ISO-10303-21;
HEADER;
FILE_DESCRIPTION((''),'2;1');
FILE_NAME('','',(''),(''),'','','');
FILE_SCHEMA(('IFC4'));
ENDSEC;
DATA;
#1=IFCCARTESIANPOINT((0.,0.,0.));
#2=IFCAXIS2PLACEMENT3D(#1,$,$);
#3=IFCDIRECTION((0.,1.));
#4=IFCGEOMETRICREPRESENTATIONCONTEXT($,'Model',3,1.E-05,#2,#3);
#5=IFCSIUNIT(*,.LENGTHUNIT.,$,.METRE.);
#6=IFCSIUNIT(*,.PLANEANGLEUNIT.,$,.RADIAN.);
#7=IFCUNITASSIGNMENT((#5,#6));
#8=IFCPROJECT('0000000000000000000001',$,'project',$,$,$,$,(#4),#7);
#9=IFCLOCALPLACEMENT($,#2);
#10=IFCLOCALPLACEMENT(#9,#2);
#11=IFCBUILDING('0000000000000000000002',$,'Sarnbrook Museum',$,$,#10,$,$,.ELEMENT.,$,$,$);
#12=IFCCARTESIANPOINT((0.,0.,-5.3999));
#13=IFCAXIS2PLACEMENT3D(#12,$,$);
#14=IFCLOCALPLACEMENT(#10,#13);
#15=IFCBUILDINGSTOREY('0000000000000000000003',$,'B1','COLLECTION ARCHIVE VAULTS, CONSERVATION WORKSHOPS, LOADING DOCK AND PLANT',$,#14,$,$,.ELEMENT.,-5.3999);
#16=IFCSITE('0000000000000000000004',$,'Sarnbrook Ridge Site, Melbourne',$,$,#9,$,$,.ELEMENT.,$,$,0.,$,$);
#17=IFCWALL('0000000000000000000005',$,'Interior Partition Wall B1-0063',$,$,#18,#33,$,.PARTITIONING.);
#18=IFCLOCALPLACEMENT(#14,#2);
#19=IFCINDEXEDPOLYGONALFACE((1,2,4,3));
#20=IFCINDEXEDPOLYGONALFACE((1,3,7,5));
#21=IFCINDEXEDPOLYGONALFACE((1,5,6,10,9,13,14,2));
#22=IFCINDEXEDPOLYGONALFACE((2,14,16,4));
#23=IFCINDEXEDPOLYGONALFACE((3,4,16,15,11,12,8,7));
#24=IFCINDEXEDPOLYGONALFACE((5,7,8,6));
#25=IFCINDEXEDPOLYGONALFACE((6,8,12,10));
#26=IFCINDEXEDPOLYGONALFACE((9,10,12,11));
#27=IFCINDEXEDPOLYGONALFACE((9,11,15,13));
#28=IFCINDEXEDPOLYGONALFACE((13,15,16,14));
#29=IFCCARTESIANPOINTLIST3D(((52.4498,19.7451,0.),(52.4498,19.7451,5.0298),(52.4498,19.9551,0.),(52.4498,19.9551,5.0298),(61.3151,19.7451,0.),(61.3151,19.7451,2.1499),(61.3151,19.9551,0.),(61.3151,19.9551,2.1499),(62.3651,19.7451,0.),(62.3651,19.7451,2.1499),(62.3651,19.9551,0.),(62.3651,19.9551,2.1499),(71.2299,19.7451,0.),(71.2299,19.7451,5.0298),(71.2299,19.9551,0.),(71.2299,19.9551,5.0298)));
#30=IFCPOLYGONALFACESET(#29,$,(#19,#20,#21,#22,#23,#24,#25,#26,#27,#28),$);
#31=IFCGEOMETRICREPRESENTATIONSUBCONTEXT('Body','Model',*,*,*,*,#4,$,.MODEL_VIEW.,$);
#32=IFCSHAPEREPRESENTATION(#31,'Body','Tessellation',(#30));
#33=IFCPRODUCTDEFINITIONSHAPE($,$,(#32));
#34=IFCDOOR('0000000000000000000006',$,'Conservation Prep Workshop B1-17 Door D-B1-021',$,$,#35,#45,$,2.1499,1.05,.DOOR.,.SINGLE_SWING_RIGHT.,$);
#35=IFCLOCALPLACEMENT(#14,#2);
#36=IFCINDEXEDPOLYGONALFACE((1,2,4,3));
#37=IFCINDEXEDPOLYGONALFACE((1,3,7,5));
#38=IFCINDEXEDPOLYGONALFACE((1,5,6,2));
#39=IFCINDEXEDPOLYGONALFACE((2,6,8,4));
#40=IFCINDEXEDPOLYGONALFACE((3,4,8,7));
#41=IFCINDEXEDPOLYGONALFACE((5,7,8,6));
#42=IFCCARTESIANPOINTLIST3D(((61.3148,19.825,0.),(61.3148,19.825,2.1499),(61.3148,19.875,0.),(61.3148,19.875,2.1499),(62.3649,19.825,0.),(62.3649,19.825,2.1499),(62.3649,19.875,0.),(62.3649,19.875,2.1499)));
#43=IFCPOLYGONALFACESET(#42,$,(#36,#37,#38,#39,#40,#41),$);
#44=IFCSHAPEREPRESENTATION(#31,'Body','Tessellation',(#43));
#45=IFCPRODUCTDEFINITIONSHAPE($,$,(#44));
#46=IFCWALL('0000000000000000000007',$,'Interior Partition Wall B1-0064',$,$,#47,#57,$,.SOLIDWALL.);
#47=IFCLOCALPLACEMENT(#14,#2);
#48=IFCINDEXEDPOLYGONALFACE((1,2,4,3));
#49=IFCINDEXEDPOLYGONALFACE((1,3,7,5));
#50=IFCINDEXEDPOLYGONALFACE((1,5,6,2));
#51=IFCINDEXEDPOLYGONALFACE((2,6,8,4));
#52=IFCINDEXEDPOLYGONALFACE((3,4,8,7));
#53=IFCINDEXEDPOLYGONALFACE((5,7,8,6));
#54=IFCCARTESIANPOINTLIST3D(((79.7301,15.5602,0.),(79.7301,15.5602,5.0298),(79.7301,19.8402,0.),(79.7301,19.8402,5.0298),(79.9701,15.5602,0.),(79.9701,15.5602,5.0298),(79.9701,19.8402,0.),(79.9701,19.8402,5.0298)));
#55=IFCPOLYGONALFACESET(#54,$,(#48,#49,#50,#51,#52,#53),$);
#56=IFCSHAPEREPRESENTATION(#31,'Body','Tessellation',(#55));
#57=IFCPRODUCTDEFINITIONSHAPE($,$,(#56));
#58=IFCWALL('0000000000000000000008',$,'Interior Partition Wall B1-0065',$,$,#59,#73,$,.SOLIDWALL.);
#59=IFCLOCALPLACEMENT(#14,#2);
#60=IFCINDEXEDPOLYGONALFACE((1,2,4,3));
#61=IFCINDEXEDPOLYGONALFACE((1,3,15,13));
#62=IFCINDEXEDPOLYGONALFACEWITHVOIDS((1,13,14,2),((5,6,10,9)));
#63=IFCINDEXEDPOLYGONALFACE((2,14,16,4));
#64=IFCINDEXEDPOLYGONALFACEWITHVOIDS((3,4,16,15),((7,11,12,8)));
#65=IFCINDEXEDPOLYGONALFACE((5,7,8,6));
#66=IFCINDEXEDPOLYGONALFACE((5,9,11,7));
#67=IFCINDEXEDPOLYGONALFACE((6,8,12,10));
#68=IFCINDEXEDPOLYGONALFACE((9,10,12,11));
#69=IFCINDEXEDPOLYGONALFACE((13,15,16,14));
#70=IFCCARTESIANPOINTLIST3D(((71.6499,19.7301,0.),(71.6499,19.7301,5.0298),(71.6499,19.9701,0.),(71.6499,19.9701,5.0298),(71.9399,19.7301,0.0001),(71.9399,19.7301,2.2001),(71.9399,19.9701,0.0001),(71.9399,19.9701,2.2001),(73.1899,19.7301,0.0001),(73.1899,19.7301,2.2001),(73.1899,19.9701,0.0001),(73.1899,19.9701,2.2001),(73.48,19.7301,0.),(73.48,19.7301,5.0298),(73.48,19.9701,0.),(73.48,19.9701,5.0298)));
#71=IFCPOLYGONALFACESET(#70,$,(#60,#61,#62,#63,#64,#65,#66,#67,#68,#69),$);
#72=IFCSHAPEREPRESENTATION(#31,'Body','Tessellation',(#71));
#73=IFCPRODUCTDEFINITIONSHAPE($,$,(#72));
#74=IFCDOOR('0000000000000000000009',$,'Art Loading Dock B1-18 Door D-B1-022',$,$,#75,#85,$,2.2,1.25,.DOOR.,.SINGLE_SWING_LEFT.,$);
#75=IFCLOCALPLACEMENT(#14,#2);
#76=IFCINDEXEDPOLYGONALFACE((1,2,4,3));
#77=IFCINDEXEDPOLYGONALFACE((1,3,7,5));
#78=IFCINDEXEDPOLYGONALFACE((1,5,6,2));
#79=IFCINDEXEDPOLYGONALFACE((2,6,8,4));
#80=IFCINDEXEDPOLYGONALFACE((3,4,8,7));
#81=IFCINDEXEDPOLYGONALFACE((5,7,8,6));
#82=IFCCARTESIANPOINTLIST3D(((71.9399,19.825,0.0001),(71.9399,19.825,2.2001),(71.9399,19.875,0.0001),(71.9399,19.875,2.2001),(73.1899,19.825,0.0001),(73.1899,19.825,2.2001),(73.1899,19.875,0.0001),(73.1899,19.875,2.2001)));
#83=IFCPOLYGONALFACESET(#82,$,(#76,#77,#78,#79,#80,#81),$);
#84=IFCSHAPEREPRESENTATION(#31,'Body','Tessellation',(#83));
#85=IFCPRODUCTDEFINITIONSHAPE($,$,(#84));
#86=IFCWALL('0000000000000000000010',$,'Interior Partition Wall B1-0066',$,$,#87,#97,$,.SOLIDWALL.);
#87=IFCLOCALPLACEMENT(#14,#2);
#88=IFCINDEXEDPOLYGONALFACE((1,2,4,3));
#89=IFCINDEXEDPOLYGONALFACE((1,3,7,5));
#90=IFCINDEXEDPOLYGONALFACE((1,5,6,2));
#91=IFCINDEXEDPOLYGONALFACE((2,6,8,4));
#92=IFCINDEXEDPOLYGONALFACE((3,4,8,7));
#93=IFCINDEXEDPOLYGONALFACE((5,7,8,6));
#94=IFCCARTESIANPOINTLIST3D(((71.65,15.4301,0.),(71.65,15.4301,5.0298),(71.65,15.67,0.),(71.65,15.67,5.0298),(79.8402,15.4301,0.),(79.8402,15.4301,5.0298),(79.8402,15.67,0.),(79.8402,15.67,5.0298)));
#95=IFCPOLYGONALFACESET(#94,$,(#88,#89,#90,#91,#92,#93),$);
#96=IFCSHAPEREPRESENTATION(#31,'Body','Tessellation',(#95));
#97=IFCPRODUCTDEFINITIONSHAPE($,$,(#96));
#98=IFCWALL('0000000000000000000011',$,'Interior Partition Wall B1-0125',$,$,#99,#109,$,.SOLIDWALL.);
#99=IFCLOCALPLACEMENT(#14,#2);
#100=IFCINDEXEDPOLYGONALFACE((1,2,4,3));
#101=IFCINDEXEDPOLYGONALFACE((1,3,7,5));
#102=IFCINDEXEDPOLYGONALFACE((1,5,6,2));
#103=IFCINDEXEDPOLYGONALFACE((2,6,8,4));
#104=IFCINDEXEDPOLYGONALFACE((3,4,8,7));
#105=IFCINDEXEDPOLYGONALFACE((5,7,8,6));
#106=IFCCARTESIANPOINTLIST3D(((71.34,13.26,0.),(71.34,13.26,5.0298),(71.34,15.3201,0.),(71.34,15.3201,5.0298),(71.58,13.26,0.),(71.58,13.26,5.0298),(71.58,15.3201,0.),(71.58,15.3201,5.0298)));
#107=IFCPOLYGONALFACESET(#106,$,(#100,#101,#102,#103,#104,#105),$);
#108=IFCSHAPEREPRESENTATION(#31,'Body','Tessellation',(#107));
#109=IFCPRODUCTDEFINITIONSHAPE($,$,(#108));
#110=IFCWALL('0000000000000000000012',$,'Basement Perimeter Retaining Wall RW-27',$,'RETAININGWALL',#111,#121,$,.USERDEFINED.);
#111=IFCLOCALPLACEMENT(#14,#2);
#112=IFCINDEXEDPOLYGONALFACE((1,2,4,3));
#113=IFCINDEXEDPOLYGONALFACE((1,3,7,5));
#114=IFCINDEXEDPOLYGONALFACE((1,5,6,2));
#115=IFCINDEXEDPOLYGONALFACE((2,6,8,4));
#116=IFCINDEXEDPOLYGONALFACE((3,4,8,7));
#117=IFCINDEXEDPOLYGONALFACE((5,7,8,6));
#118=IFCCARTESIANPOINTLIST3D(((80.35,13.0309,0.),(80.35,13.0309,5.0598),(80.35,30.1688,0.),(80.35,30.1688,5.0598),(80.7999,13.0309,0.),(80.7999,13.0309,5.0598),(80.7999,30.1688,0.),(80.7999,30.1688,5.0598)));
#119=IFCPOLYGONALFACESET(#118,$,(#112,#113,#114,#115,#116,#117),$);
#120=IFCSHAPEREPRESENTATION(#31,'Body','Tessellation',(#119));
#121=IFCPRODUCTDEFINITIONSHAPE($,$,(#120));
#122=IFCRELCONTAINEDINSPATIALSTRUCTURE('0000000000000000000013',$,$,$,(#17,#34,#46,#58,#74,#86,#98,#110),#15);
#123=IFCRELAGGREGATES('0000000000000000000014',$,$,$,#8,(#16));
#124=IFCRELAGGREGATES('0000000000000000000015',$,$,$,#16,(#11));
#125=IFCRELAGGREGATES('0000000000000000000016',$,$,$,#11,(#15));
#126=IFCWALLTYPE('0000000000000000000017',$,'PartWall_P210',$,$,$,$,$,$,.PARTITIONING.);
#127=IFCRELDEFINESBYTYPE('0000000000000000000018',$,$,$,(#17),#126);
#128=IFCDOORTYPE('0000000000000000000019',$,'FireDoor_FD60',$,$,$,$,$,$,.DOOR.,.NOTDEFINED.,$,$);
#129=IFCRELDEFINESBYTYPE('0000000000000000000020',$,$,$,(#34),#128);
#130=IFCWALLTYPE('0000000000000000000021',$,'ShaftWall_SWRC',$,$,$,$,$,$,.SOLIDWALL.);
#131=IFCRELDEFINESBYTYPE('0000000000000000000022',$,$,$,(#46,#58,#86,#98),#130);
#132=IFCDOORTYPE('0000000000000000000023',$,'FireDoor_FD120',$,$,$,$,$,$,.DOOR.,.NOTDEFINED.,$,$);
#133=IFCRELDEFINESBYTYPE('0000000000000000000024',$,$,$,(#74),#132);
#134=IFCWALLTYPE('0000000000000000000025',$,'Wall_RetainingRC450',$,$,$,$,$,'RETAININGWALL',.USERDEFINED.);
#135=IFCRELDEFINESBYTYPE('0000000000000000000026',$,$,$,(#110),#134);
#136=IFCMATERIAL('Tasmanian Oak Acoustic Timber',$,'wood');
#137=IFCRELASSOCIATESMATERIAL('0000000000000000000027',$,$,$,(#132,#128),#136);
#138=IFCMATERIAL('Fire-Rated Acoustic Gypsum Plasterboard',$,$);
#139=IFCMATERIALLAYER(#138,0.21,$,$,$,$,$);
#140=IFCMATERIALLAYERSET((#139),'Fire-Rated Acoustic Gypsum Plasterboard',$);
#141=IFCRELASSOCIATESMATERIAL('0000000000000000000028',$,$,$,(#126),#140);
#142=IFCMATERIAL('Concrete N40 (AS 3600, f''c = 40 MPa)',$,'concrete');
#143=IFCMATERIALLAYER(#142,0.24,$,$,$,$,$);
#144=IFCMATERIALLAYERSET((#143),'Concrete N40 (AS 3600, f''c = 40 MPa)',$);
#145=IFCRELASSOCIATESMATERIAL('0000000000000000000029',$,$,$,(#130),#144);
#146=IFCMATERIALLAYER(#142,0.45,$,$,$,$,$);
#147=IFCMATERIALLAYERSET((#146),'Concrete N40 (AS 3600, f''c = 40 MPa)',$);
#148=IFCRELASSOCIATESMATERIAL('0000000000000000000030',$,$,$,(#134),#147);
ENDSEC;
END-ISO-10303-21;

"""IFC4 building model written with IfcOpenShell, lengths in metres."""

from ifc_helpers import new_model, si_unit, direction, frame, frame_2d, origin, place, context, subcontext, project, spatial, rectangle, extrude, material, layer, layer_set, type_object, element, fill, save


model = new_model("IFC4")

# Units and contexts
model_context = context("Model", 3, precision=1e-05, world=origin(), true_north=direction((0.0, 1.0)))
body_context = subcontext(model_context, "Body", "Model", "MODEL_VIEW")
ifc_project = project(units=[si_unit("LENGTHUNIT", "METRE"), si_unit("PLANEANGLEUNIT", "RADIAN")], contexts=[model_context])

# Site, building, storey
site_placement = place(None, origin())
site = spatial("IfcSite", under=ifc_project, at=site_placement, Name="Sarnbrook Ridge Site, Melbourne", CompositionType="ELEMENT", RefElevation=0.0)
building_placement = place(site_placement, origin())
building = spatial("IfcBuilding", under=site, at=building_placement, Name="Sarnbrook Museum", CompositionType="ELEMENT")
storey_placement = place(building_placement, frame((0.0, 0.0, -5.3999)))
storey = spatial("IfcBuildingStorey", under=building, at=storey_placement, Name="B1", Description="COLLECTION ARCHIVE VAULTS, CONSERVATION WORKSHOPS, LOADING DOCK AND PLANT", CompositionType="ELEMENT", Elevation=-5.3999)

# Shared definitions
ifc_material_1 = material(Name="Concrete N40 (AS 3600, f'c = 40 MPa)", Category="concrete")

# Wall, opening, door
ifc_material_2 = material(Name="Tasmanian Oak Acoustic Timber", Category="wood")
door_type_1 = type_object("IfcDoorType", Name="FireDoor_FD120", OperationType="NOTDEFINED", PredefinedType="DOOR", material=ifc_material_2)
ifc_material_3 = material(Name="Fire-Rated Acoustic Gypsum Plasterboard")
ifc_layer_1 = layer(ifc_material_3, 0.21)
ifc_layer_set_1 = layer_set([ifc_layer_1], Name="Fire-Rated Acoustic Gypsum Plasterboard")
wall_type_1 = type_object("IfcWallType", Name="PartWall_P210", PredefinedType="PARTITIONING", material=ifc_layer_set_1)
wall_1_placement = place(storey_placement, frame((71.23, 19.8501, 0.0), z_axis=(0.0, 0.0, 1.0), x_axis=(-1.0, 0.0, 0.0)))
wall_1 = element("IfcWall", 1, at=wall_1_placement, inside=storey, type_object=wall_type_1, Name="Interior Partition Wall B1-0063", PredefinedType="PARTITIONING", context=body_context, shape_type="SweptSolid", body=[
    extrude(rectangle(XDim=18.78, YDim=0.21, at=frame_2d((9.3901, 0.0))), origin(), (0.0, 0.0, 1.0), 5.0298),
])
opening_1_placement = place(wall_1_placement, frame((8.865, 0.0, 0.0)))
opening_1 = element("IfcOpeningElement", 2, at=opening_1_placement, cuts=wall_1, PredefinedType="OPENING", context=body_context, shape_type="SweptSolid", body=[
    extrude(rectangle(XDim=1.05, YDim=2.1499, at=frame_2d((0.5249, 1.075))), frame((0.0, 0.115, 0.0), z_axis=(0.0, -1.0, 0.0), x_axis=(1.0, 0.0, 0.0)), (0.0, 0.0, 1.0), 0.23),
])
door_type_2 = type_object("IfcDoorType", Name="FireDoor_FD60", OperationType="NOTDEFINED", PredefinedType="DOOR", material=ifc_material_2)
door_1_placement = place(opening_1_placement, frame((1.05, 0.0, 0.0), z_axis=(0.0, 0.0, 1.0), x_axis=(-1.0, 0.0, 0.0)))
door_1 = element("IfcDoor", 3, at=door_1_placement, inside=storey, type_object=door_type_2, Name="Conservation Prep Workshop B1-17 Door D-B1-021", OperationType="SINGLE_SWING_RIGHT", OverallHeight=2.1499, OverallWidth=1.05, PredefinedType="DOOR", context=body_context, shape_type="SweptSolid", body=[
    extrude(rectangle(XDim=1.05, YDim=2.1499, at=frame_2d((0.5249, 1.075))), frame((0.0, 0.0249, 0.0), z_axis=(0.0, -1.0, 0.0), x_axis=(1.0, 0.0, 0.0)), (0.0, 0.0, 1.0), 0.05),
])
fill(opening_1, door_1)

# Wall
ifc_layer_2 = layer(ifc_material_1, 0.24)
ifc_layer_set_2 = layer_set([ifc_layer_2], Name="Concrete N40 (AS 3600, f'c = 40 MPa)")
wall_type_2 = type_object("IfcWallType", Name="ShaftWall_SWRC", PredefinedType="SOLIDWALL", material=ifc_layer_set_2)
wall_2_placement = place(storey_placement, frame((79.8501, 15.5601, 0.0), z_axis=(0.0, 0.0, 1.0), x_axis=(0.0, 1.0, 0.0)))
element("IfcWall", 4, at=wall_2_placement, inside=storey, type_object=wall_type_2, Name="Interior Partition Wall B1-0064", PredefinedType="SOLIDWALL", context=body_context, shape_type="SweptSolid", body=[
    extrude(rectangle(XDim=4.28, YDim=0.24, at=frame_2d((2.1401, 0.0))), origin(), (0.0, 0.0, 1.0), 5.0298),
])

# Wall, opening, door
wall_3_placement = place(storey_placement, frame((73.48, 19.8501, 0.0), z_axis=(0.0, 0.0, 1.0), x_axis=(-1.0, 0.0, 0.0)))
wall_3 = element("IfcWall", 5, at=wall_3_placement, inside=storey, type_object=wall_type_2, Name="Interior Partition Wall B1-0065", PredefinedType="SOLIDWALL", context=body_context, shape_type="SweptSolid", body=[
    extrude(rectangle(XDim=1.8301, YDim=0.24, at=frame_2d((0.915, 0.0))), origin(), (0.0, 0.0, 1.0), 5.0298),
])
opening_2_placement = place(wall_3_placement, frame((0.29, 0.0, 0.0)))
opening_2 = element("IfcOpeningElement", 6, at=opening_2_placement, cuts=wall_3, PredefinedType="OPENING", context=body_context, shape_type="SweptSolid", body=[
    extrude(rectangle(XDim=1.25, YDim=2.2, at=frame_2d((0.625, 1.1001))), frame((0.0, 0.1299, 0.0), z_axis=(0.0, -1.0, 0.0), x_axis=(1.0, 0.0, 0.0)), (0.0, 0.0, 1.0), 0.26),
])
door_2_placement = place(opening_2_placement, frame((1.25, 0.0, 0.0), z_axis=(0.0, 0.0, 1.0), x_axis=(-1.0, 0.0, 0.0)))
door_2 = element("IfcDoor", 7, at=door_2_placement, inside=storey, type_object=door_type_1, Name="Art Loading Dock B1-18 Door D-B1-022", OperationType="SINGLE_SWING_LEFT", OverallHeight=2.2, OverallWidth=1.25, PredefinedType="DOOR", context=body_context, shape_type="SweptSolid", body=[
    extrude(rectangle(XDim=1.25, YDim=2.2, at=frame_2d((0.625, 1.1001))), frame((0.0, 0.0249, 0.0), z_axis=(0.0, -1.0, 0.0), x_axis=(1.0, 0.0, 0.0)), (0.0, 0.0, 1.0), 0.05),
])
fill(opening_2, door_2)

# Walls
wall_4_placement = place(storey_placement, frame((71.6499, 15.55, 0.0), z_axis=(0.0, 0.0, 1.0), x_axis=(1.0, 0.0, 0.0)))
element("IfcWall", 8, at=wall_4_placement, inside=storey, type_object=wall_type_2, Name="Interior Partition Wall B1-0066", PredefinedType="SOLIDWALL", context=body_context, shape_type="SweptSolid", body=[
    extrude(rectangle(XDim=8.1902, YDim=0.24, at=frame_2d((4.0952, 0.0))), origin(), (0.0, 0.0, 1.0), 5.0298),
])
wall_5_placement = place(storey_placement, frame((71.46, 15.3201, 0.0), z_axis=(0.0, 0.0, 1.0), x_axis=(0.0, -1.0, 0.0)))
element("IfcWall", 9, at=wall_5_placement, inside=storey, type_object=wall_type_2, Name="Interior Partition Wall B1-0125", PredefinedType="SOLIDWALL", context=body_context, shape_type="SweptSolid", body=[
    extrude(rectangle(XDim=2.0601, YDim=0.24, at=frame_2d((1.03, 0.0))), origin(), (0.0, 0.0, 1.0), 5.0298),
])
ifc_layer_3 = layer(ifc_material_1, 0.45)
ifc_layer_set_3 = layer_set([ifc_layer_3], Name="Concrete N40 (AS 3600, f'c = 40 MPa)")
wall_type_3 = type_object("IfcWallType", Name="Wall_RetainingRC450", ElementType="RETAININGWALL", PredefinedType="USERDEFINED", material=ifc_layer_set_3)
wall_6_placement = place(storey_placement, frame((80.575, 13.031, 0.0), z_axis=(0.0, 0.0, 1.0), x_axis=(0.0, 1.0, 0.0)))
element("IfcWall", 10, at=wall_6_placement, inside=storey, type_object=wall_type_3, Name="Basement Perimeter Retaining Wall RW-27", ObjectType="RETAININGWALL", PredefinedType="USERDEFINED", context=body_context, shape_type="SweptSolid", body=[
    extrude(rectangle(XDim=17.1379, YDim=0.45, at=frame_2d((8.5688, 0.0))), origin(), (0.0, 0.0, 1.0), 5.0598),
])

save(model, "model.ifc")
